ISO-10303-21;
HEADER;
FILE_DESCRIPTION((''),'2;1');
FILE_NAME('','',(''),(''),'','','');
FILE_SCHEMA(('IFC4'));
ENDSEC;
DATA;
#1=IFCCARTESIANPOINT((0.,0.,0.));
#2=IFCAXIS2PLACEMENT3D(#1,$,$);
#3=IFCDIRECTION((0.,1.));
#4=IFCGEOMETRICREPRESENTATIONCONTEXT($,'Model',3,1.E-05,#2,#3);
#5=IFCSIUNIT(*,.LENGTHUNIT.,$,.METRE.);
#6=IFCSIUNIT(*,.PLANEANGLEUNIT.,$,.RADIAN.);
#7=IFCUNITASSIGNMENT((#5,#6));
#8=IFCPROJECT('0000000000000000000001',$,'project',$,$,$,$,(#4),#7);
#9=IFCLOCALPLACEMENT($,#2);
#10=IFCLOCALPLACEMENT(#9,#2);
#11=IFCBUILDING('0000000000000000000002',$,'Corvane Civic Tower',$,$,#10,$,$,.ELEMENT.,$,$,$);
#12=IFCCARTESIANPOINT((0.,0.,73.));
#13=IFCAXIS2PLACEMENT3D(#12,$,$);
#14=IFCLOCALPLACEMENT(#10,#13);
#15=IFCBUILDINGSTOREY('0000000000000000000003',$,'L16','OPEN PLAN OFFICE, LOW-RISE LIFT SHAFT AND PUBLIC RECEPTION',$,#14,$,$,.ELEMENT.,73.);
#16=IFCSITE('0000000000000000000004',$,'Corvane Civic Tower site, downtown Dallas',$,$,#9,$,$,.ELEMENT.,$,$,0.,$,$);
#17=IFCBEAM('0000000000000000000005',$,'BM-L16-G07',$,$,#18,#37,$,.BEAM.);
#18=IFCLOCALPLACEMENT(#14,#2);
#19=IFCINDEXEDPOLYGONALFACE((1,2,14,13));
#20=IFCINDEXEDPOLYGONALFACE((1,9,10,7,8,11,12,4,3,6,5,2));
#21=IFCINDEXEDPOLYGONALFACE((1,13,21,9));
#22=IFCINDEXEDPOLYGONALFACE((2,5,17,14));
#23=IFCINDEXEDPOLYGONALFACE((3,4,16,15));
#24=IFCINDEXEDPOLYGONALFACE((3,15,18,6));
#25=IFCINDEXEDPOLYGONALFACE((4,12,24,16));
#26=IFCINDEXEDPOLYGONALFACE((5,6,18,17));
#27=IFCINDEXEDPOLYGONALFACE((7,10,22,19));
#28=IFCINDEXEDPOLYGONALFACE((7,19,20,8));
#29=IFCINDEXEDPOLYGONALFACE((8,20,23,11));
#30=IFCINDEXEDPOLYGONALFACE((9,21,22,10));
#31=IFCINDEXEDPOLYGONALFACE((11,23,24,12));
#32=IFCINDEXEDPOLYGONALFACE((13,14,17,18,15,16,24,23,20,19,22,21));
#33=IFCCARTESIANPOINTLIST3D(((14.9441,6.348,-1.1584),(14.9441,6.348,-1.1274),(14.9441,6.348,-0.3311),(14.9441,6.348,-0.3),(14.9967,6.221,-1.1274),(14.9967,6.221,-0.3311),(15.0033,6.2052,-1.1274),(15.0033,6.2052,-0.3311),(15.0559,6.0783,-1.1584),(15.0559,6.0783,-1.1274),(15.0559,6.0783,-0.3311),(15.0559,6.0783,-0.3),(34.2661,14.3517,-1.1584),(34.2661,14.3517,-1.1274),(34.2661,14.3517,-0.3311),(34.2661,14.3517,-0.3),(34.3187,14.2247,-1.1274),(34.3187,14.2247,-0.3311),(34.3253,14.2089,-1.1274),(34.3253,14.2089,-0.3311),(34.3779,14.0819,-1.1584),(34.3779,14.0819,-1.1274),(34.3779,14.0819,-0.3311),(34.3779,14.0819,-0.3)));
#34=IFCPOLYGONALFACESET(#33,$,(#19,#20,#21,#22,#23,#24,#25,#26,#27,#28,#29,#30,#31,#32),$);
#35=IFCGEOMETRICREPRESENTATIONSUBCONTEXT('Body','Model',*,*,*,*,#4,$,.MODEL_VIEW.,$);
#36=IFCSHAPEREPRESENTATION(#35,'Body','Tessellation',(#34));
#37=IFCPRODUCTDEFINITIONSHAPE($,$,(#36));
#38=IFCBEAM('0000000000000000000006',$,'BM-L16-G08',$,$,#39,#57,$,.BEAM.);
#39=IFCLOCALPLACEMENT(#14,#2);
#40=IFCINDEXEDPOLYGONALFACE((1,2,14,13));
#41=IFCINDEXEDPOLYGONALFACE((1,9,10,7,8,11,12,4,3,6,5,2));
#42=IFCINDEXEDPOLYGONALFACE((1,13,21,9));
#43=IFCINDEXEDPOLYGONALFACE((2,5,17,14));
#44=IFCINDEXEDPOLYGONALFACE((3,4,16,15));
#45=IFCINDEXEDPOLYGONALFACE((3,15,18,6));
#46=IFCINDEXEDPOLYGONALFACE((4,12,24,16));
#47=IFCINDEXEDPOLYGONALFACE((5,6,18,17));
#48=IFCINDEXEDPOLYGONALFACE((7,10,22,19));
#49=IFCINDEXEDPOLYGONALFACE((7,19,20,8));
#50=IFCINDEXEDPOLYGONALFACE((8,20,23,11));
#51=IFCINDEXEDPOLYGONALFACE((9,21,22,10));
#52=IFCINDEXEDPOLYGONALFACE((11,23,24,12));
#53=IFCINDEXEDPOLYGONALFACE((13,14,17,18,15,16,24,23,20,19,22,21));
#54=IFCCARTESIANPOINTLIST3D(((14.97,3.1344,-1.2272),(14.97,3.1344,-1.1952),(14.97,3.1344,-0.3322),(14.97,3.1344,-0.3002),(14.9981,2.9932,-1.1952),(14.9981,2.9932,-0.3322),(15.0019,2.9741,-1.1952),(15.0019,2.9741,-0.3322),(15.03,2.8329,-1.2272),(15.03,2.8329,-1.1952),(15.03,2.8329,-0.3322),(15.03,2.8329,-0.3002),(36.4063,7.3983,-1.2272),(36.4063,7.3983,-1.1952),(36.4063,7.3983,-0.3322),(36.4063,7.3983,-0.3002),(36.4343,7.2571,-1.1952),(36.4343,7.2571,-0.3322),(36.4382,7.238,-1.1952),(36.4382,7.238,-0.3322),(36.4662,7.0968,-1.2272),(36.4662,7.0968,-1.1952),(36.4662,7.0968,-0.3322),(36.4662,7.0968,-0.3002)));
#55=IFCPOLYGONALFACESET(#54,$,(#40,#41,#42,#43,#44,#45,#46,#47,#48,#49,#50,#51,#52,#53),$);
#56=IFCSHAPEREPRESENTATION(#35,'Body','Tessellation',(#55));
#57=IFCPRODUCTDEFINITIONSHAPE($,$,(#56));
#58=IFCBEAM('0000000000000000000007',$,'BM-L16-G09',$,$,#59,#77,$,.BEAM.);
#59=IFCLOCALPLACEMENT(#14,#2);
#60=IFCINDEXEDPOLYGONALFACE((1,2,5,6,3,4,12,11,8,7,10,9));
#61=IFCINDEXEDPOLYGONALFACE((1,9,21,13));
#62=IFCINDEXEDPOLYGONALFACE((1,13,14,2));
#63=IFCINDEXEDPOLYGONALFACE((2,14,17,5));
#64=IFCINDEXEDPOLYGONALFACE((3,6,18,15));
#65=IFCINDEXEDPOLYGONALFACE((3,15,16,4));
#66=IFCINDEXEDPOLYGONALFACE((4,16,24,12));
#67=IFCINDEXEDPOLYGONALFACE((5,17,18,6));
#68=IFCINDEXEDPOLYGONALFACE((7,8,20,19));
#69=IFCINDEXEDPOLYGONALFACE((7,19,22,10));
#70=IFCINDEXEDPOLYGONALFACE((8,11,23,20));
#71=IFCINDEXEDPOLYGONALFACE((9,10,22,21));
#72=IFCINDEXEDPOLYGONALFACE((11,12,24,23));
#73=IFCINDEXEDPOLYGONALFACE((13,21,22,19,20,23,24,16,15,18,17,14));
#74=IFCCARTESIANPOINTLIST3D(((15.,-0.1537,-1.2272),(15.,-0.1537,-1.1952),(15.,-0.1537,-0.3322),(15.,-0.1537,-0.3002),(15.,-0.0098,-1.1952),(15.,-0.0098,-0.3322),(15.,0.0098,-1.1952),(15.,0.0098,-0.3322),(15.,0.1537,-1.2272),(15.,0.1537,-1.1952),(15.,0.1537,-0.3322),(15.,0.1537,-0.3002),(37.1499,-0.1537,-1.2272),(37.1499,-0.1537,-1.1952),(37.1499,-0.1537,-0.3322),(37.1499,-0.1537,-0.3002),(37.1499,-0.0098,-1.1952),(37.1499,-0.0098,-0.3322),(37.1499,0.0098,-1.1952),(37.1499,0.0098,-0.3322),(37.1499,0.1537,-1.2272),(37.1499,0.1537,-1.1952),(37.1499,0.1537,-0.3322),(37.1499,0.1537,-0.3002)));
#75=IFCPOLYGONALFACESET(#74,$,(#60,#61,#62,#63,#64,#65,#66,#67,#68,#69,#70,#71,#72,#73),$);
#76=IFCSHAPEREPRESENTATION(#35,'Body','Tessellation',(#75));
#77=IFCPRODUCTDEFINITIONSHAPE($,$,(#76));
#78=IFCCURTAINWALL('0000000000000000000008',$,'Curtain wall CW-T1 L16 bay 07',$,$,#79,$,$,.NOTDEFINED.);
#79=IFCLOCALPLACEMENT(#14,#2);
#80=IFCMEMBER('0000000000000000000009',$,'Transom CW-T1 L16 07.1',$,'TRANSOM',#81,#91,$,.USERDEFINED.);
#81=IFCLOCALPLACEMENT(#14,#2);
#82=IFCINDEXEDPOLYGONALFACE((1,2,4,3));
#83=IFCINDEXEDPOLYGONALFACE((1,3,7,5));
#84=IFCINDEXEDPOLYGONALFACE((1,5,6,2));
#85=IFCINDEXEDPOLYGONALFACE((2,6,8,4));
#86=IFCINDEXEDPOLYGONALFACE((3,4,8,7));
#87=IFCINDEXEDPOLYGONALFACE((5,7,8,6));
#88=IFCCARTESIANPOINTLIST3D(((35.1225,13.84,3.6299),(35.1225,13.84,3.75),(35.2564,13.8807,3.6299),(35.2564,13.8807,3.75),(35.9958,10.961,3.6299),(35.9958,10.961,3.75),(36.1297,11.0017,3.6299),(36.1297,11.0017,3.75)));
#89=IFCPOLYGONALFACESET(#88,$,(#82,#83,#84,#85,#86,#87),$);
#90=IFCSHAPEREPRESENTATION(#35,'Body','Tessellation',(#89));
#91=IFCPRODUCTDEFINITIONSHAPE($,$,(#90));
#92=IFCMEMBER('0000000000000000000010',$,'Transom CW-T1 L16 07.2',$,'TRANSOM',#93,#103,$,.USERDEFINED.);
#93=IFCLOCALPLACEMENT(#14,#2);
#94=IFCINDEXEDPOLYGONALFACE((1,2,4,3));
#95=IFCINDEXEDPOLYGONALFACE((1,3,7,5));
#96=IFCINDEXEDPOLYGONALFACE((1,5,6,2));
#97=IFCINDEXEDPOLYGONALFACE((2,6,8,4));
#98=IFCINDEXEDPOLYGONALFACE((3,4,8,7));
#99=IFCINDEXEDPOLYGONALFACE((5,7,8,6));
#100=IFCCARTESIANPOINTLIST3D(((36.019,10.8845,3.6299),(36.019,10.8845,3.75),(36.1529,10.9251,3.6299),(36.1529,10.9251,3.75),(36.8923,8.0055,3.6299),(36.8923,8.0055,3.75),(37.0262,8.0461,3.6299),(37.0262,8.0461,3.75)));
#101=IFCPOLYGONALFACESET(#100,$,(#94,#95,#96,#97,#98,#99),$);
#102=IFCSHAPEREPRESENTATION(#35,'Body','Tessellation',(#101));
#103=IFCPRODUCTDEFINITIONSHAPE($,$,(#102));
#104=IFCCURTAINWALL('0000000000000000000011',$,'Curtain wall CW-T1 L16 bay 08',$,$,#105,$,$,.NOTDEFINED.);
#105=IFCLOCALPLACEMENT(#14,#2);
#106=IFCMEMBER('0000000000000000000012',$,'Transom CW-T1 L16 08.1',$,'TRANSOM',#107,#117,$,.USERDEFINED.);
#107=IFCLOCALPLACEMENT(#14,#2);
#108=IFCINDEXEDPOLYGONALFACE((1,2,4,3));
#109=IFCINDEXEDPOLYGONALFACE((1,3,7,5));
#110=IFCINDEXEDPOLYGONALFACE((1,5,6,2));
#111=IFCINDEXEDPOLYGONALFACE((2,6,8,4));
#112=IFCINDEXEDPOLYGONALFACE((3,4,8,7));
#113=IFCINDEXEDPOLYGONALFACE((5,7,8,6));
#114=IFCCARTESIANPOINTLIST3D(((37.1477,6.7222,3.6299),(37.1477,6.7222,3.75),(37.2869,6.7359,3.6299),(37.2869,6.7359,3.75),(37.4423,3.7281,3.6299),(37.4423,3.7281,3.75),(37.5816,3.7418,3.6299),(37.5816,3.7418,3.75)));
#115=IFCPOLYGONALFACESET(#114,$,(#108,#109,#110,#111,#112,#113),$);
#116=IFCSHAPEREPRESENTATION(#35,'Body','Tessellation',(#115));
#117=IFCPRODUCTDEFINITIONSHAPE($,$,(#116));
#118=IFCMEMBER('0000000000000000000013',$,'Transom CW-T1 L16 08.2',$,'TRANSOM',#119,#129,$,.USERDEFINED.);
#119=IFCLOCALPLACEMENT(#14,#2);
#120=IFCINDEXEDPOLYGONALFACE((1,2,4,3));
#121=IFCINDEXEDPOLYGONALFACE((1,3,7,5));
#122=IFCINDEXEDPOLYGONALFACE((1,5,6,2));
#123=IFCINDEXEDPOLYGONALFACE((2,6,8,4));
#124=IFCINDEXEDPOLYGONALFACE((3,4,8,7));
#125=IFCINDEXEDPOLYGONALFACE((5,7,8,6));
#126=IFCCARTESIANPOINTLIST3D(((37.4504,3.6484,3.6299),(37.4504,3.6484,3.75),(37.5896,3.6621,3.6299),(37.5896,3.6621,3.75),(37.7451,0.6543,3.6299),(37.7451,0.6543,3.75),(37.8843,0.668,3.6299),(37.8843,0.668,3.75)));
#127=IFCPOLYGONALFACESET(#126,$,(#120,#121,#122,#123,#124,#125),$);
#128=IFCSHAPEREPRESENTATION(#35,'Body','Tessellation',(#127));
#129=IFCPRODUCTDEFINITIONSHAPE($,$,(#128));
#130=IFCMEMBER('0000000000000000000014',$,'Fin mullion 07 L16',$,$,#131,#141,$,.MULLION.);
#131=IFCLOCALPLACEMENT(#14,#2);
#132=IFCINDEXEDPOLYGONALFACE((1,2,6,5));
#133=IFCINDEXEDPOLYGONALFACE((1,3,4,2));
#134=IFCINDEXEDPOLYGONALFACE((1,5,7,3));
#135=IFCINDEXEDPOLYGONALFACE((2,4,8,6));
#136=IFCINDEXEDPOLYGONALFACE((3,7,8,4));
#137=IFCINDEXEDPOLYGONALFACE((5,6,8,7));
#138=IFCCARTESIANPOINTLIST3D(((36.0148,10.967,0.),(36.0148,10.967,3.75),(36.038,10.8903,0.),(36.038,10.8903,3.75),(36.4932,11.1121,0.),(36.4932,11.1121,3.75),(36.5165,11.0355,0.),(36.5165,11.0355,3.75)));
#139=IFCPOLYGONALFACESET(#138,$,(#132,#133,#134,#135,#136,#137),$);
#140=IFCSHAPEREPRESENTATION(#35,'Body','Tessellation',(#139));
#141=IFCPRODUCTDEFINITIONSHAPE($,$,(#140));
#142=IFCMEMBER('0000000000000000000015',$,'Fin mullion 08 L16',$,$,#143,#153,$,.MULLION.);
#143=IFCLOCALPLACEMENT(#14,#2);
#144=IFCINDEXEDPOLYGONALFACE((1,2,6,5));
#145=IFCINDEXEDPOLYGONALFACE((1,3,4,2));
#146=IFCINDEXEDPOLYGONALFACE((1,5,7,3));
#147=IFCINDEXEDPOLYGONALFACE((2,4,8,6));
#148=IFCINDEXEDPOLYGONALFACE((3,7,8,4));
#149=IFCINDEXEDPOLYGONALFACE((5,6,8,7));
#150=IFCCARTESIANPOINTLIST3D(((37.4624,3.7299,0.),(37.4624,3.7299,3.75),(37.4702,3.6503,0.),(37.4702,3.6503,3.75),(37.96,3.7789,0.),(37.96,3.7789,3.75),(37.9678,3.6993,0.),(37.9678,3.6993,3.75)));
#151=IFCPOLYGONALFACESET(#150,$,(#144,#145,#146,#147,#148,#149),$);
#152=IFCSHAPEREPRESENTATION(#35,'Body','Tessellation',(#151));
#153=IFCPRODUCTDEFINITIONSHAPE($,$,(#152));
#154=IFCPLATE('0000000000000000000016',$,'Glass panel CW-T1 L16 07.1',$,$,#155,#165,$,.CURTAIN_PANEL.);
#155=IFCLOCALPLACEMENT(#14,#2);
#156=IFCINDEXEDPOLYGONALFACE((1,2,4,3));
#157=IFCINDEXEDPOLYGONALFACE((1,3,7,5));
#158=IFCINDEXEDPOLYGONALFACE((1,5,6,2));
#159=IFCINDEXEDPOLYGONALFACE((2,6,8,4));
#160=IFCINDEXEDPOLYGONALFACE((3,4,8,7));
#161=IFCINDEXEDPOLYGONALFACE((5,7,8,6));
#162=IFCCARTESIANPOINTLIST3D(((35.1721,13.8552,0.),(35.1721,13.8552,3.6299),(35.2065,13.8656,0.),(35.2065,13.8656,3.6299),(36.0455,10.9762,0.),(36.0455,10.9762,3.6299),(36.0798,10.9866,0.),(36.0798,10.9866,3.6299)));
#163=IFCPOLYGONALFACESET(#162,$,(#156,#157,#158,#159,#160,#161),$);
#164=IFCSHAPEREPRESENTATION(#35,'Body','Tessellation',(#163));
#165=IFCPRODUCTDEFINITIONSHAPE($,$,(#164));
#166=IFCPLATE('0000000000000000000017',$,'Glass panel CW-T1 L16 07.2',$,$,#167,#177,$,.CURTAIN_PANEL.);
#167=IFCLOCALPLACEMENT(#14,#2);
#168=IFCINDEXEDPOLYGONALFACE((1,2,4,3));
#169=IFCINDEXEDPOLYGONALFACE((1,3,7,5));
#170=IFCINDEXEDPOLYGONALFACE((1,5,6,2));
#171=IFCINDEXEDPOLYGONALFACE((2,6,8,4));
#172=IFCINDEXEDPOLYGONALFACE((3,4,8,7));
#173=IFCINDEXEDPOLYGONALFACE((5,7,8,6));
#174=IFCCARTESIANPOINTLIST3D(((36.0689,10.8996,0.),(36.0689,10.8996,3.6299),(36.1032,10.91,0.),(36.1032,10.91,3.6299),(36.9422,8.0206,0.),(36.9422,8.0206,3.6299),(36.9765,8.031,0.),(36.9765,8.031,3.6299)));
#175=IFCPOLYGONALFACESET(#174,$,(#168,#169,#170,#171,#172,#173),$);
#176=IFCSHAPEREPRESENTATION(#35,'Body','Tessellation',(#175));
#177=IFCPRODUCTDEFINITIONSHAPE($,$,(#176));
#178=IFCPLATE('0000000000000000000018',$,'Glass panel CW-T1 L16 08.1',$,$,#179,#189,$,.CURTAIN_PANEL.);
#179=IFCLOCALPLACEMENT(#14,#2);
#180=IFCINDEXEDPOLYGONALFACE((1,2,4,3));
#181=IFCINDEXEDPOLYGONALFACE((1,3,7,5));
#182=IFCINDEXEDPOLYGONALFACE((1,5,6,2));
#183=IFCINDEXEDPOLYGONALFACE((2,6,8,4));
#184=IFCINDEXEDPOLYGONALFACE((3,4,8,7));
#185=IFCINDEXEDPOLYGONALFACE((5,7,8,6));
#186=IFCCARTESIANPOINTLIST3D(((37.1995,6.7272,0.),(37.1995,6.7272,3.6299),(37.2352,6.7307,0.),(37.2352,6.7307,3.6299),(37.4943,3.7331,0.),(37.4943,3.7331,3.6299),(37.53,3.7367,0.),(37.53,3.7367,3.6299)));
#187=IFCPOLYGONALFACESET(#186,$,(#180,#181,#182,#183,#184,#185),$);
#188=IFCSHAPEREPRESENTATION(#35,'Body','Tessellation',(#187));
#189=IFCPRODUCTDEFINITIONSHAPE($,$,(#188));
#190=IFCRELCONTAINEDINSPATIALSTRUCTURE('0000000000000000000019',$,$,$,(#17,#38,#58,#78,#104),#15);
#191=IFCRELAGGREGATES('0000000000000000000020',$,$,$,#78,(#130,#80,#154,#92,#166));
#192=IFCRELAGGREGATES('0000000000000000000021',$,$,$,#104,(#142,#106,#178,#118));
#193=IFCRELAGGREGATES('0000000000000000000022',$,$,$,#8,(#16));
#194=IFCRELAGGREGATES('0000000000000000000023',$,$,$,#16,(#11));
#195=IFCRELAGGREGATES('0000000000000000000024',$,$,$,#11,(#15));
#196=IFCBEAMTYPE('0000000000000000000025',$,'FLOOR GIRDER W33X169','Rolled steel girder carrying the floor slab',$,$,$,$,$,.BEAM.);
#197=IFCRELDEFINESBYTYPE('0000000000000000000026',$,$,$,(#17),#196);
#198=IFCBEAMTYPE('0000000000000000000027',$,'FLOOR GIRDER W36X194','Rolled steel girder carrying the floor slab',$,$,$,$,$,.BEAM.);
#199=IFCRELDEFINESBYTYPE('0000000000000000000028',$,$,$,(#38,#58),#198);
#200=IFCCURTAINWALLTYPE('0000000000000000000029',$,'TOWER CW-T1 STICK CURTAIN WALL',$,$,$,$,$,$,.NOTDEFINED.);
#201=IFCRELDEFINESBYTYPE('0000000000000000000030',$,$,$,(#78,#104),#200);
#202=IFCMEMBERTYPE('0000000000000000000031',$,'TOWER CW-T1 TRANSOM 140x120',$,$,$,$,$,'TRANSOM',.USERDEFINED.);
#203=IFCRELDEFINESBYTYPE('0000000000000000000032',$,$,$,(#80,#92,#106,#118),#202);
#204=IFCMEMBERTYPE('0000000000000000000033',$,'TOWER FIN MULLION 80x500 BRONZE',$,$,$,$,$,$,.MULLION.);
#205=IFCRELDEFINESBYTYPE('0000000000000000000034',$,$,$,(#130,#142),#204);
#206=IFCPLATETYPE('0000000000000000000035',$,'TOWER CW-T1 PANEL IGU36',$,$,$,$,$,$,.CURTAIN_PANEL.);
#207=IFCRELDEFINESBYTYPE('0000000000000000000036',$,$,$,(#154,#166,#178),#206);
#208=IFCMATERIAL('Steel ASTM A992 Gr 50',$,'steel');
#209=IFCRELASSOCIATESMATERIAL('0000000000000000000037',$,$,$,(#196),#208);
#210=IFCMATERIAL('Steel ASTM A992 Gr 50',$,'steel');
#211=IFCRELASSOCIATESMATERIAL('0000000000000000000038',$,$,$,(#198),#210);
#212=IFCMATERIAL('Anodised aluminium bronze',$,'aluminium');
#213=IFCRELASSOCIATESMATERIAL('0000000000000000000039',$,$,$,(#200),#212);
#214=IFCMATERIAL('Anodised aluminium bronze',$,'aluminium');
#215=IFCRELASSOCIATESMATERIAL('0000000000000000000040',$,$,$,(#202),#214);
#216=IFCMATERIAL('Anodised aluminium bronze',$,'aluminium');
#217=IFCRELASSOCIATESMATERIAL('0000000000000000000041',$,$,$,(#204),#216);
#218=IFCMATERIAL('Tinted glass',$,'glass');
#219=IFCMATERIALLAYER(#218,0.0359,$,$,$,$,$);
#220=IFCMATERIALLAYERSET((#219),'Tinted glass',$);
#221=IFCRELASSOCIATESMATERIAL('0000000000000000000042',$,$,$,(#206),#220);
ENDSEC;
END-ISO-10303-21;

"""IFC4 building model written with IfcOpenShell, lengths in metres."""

from ifc_helpers import new_model, si_unit, direction, frame, origin, origin_2d, place, context, subcontext, project, spatial, rectangle, i_section, extrude, material, layer, layer_set, material_profile, profile_set, type_object, element, aggregate, save


model = new_model("IFC4")

# Units and contexts
model_context = context("Model", 3, precision=1e-05, world=origin(), true_north=direction((0.0, 1.0)))
body_context = subcontext(model_context, "Body", "Model", "MODEL_VIEW")
ifc_project = project(units=[si_unit("LENGTHUNIT", "METRE"), si_unit("PLANEANGLEUNIT", "RADIAN")], contexts=[model_context])

# Site, building, storey
site_placement = place(None, origin())
site = spatial("IfcSite", under=ifc_project, at=site_placement, Name="Corvane Civic Tower site, downtown Dallas", CompositionType="ELEMENT", RefElevation=0.0)
building_placement = place(site_placement, origin())
building = spatial("IfcBuilding", under=site, at=building_placement, Name="Corvane Civic Tower", CompositionType="ELEMENT")
storey_placement = place(building_placement, frame((0.0, 0.0, 73.0)))
storey = spatial("IfcBuildingStorey", under=building, at=storey_placement, Name="L16", Description="OPEN PLAN OFFICE, LOW-RISE LIFT SHAFT AND PUBLIC RECEPTION", CompositionType="ELEMENT", Elevation=73.0)

# Beams
ifc_material_1 = material(Name="Steel ASTM A992 Gr 50", Category="steel")
ifc_material_profile_1 = material_profile(ifc_material_1, i_section(OverallWidth=0.292, OverallDepth=0.8584, WebThickness=0.0171, FlangeThickness=0.031, at=origin_2d()), Name="W33X169")
ifc_profile_set_1 = profile_set([ifc_material_profile_1], Name="Steel ASTM A992 Gr 50")
beam_type_1 = type_object("IfcBeamType", Name="FLOOR GIRDER W33X169", Description="Rolled steel girder carrying the floor slab", PredefinedType="BEAM", material=ifc_profile_set_1)
beam_1_placement = place(storey_placement, frame((15.0, 6.2131, -0.7292), z_axis=(0.923876, 0.382692, 0.0), x_axis=(-0.382692, 0.923876, 0.0)))
element("IfcBeam", 1, at=beam_1_placement, inside=storey, type_object=beam_type_1, Name="BM-L16-G07", PredefinedType="BEAM", context=body_context, shape_type="SweptSolid", body=[
    extrude(i_section(OverallWidth=0.292, OverallDepth=0.8584, WebThickness=0.0171, FlangeThickness=0.031, at=origin_2d()), origin(), (0.0, 0.0, 1.0), 20.9141),
])
ifc_material_2 = material(Name="Steel ASTM A992 Gr 50", Category="steel")
ifc_material_profile_2 = material_profile(ifc_material_2, i_section(OverallWidth=0.3074, OverallDepth=0.927, WebThickness=0.0195, FlangeThickness=0.032, at=origin_2d()), Name="W36X194")
ifc_profile_set_2 = profile_set([ifc_material_profile_2], Name="Steel ASTM A992 Gr 50")
beam_type_2 = type_object("IfcBeamType", Name="FLOOR GIRDER W36X194", Description="Rolled steel girder carrying the floor slab", PredefinedType="BEAM", material=ifc_profile_set_2)
beam_2_placement = place(storey_placement, frame((15.0, 2.9836, -0.7637), z_axis=(0.980785, 0.195089, 0.0), x_axis=(-0.195089, 0.980785, 0.0)))
element("IfcBeam", 2, at=beam_2_placement, inside=storey, type_object=beam_type_2, Name="BM-L16-G08", PredefinedType="BEAM", context=body_context, shape_type="SweptSolid", body=[
    extrude(i_section(OverallWidth=0.3074, OverallDepth=0.927, WebThickness=0.0195, FlangeThickness=0.032, at=origin_2d()), origin(), (0.0, 0.0, 1.0), 21.8562),
])
beam_3_placement = place(storey_placement, frame((15.0, 0.0, -0.7637), z_axis=(1.0, 0.0, 0.0), x_axis=(0.0, 1.0, 0.0)))
element("IfcBeam", 3, at=beam_3_placement, inside=storey, type_object=beam_type_2, Name="BM-L16-G09", PredefinedType="BEAM", context=body_context, shape_type="SweptSolid", body=[
    extrude(i_section(OverallWidth=0.3074, OverallDepth=0.927, WebThickness=0.0195, FlangeThickness=0.032, at=origin_2d()), origin(), (0.0, 0.0, 1.0), 22.1499),
])

# Curtain walls, members
ifc_material_3 = material(Name="Anodised aluminium bronze", Category="aluminium")
curtain_wall_type = type_object("IfcCurtainWallType", Name="TOWER CW-T1 STICK CURTAIN WALL", PredefinedType="NOTDEFINED", material=ifc_material_3)
curtain_wall_1_placement = place(storey_placement, origin())
curtain_wall_1 = element("IfcCurtainWall", 4, at=curtain_wall_1_placement, inside=storey, type_object=curtain_wall_type, Name="Curtain wall CW-T1 L16 bay 07", PredefinedType="NOTDEFINED")
ifc_material_4 = material(Name="Anodised aluminium bronze", Category="aluminium")
ifc_material_profile_3 = material_profile(ifc_material_4, rectangle(XDim=0.1399, YDim=0.1201, at=origin_2d()), Name="TOWER CW-T1 TRANSOM 140x120")
ifc_profile_set_3 = profile_set([ifc_material_profile_3], Name="Anodised aluminium bronze")
member_type_1 = type_object("IfcMemberType", Name="TOWER CW-T1 TRANSOM 140x120", ElementType="TRANSOM", PredefinedType="USERDEFINED", material=ifc_profile_set_3)
member_1_placement = place(storey_placement, frame((35.1895, 13.8604, 3.6899), z_axis=(0.29028, -0.956942, 0.0), x_axis=(0.956942, 0.29028, 0.0)))
member_1 = element("IfcMember", 5, at=member_1_placement, type_object=member_type_1, Name="Transom CW-T1 L16 07.1", ObjectType="TRANSOM", PredefinedType="USERDEFINED", context=body_context, shape_type="SweptSolid", body=[
    extrude(rectangle(XDim=0.1399, YDim=0.1201, at=origin_2d()), origin(), (0.0, 0.0, 1.0), 3.0085),
])
member_2_placement = place(storey_placement, frame((36.0859, 10.9048, 3.6899), z_axis=(0.29028, -0.956942, 0.0), x_axis=(0.956942, 0.29028, 0.0)))
member_2 = element("IfcMember", 6, at=member_2_placement, type_object=member_type_1, Name="Transom CW-T1 L16 07.2", ObjectType="TRANSOM", PredefinedType="USERDEFINED", context=body_context, shape_type="SweptSolid", body=[
    extrude(rectangle(XDim=0.1399, YDim=0.1201, at=origin_2d()), origin(), (0.0, 0.0, 1.0), 3.0085),
])
curtain_wall_2_placement = place(storey_placement, origin())
curtain_wall_2 = element("IfcCurtainWall", 7, at=curtain_wall_2_placement, inside=storey, type_object=curtain_wall_type, Name="Curtain wall CW-T1 L16 bay 08", PredefinedType="NOTDEFINED")
member_3_placement = place(storey_placement, frame((37.2173, 6.729, 3.6899), z_axis=(0.097945, -0.995192, 0.0), x_axis=(0.995192, 0.097945, 0.0)))
member_3 = element("IfcMember", 8, at=member_3_placement, type_object=member_type_1, Name="Transom CW-T1 L16 08.1", ObjectType="TRANSOM", PredefinedType="USERDEFINED", context=body_context, shape_type="SweptSolid", body=[
    extrude(rectangle(XDim=0.1399, YDim=0.1201, at=origin_2d()), origin(), (0.0, 0.0, 1.0), 3.0085),
])
member_4_placement = place(storey_placement, frame((37.52, 3.6553, 3.6899), z_axis=(0.097945, -0.995192, 0.0), x_axis=(0.995192, 0.097945, 0.0)))
member_4 = element("IfcMember", 9, at=member_4_placement, type_object=member_type_1, Name="Transom CW-T1 L16 08.2", ObjectType="TRANSOM", PredefinedType="USERDEFINED", context=body_context, shape_type="SweptSolid", body=[
    extrude(rectangle(XDim=0.1399, YDim=0.1201, at=origin_2d()), origin(), (0.0, 0.0, 1.0), 3.0085),
])

# Members
ifc_material_5 = material(Name="Anodised aluminium bronze", Category="aluminium")
ifc_material_profile_4 = material_profile(ifc_material_5, rectangle(XDim=0.0801, YDim=0.5, at=origin_2d()), Name="TOWER FIN MULLION 80x500 BRONZE")
ifc_profile_set_4 = profile_set([ifc_material_profile_4], Name="Anodised aluminium bronze")
member_type_2 = type_object("IfcMemberType", Name="TOWER FIN MULLION 80x500 BRONZE", PredefinedType="MULLION", material=ifc_profile_set_4)
member_5_placement = place(storey_placement, frame((36.2656, 11.0012, 0.0), z_axis=(0.0, 0.0, 1.0), x_axis=(0.290278, -0.956942, 0.0)))
member_5 = element("IfcMember", 10, at=member_5_placement, type_object=member_type_2, Name="Fin mullion 07 L16", PredefinedType="MULLION", context=body_context, shape_type="SweptSolid", body=[
    extrude(rectangle(XDim=0.0801, YDim=0.5, at=origin_2d()), origin(), (0.0, 0.0, 1.0), 3.75),
])
member_6_placement = place(storey_placement, frame((37.7151, 3.7146, 0.0), z_axis=(0.0, 0.0, 1.0), x_axis=(0.098006, -0.995186, 0.0)))
member_6 = element("IfcMember", 11, at=member_6_placement, type_object=member_type_2, Name="Fin mullion 08 L16", PredefinedType="MULLION", context=body_context, shape_type="SweptSolid", body=[
    extrude(rectangle(XDim=0.0801, YDim=0.5, at=origin_2d()), origin(), (0.0, 0.0, 1.0), 3.75),
])

# Plates
ifc_material_6 = material(Name="Tinted glass", Category="glass")
ifc_layer_1 = layer(ifc_material_6, 0.0359)
ifc_layer_set_1 = layer_set([ifc_layer_1], Name="Tinted glass")
plate_type = type_object("IfcPlateType", Name="TOWER CW-T1 PANEL IGU36", PredefinedType="CURTAIN_PANEL", material=ifc_layer_set_1)
plate_1_placement = place(storey_placement, frame((35.626, 12.4209, 0.0), z_axis=(0.0, 0.0, 1.0), x_axis=(0.290278, -0.956942, 0.0)))
plate_1 = element("IfcPlate", 12, at=plate_1_placement, type_object=plate_type, Name="Glass panel CW-T1 L16 07.1", PredefinedType="CURTAIN_PANEL", context=body_context, shape_type="SweptSolid", body=[
    extrude(rectangle(XDim=3.0085, YDim=0.0359, at=origin_2d()), origin(), (0.0, 0.0, 1.0), 3.6299),
])
plate_2_placement = place(storey_placement, frame((36.5227, 9.4653, 0.0), z_axis=(0.0, 0.0, 1.0), x_axis=(0.290278, -0.956942, 0.0)))
plate_2 = element("IfcPlate", 13, at=plate_2_placement, type_object=plate_type, Name="Glass panel CW-T1 L16 07.2", PredefinedType="CURTAIN_PANEL", context=body_context, shape_type="SweptSolid", body=[
    extrude(rectangle(XDim=3.0085, YDim=0.0359, at=origin_2d()), origin(), (0.0, 0.0, 1.0), 3.6299),
])
aggregate(curtain_wall_1, [member_5, member_1, plate_1, member_2, plate_2])
plate_3_placement = place(storey_placement, frame((37.3647, 5.2319, 0.0), z_axis=(0.0, 0.0, 1.0), x_axis=(0.098006, -0.995186, 0.0)))
plate_3 = element("IfcPlate", 14, at=plate_3_placement, type_object=plate_type, Name="Glass panel CW-T1 L16 08.1", PredefinedType="CURTAIN_PANEL", context=body_context, shape_type="SweptSolid", body=[
    extrude(rectangle(XDim=3.0085, YDim=0.0359, at=origin_2d()), origin(), (0.0, 0.0, 1.0), 3.6299),
])
aggregate(curtain_wall_2, [member_6, member_3, plate_3, member_4])

save(model, "model.ifc")
